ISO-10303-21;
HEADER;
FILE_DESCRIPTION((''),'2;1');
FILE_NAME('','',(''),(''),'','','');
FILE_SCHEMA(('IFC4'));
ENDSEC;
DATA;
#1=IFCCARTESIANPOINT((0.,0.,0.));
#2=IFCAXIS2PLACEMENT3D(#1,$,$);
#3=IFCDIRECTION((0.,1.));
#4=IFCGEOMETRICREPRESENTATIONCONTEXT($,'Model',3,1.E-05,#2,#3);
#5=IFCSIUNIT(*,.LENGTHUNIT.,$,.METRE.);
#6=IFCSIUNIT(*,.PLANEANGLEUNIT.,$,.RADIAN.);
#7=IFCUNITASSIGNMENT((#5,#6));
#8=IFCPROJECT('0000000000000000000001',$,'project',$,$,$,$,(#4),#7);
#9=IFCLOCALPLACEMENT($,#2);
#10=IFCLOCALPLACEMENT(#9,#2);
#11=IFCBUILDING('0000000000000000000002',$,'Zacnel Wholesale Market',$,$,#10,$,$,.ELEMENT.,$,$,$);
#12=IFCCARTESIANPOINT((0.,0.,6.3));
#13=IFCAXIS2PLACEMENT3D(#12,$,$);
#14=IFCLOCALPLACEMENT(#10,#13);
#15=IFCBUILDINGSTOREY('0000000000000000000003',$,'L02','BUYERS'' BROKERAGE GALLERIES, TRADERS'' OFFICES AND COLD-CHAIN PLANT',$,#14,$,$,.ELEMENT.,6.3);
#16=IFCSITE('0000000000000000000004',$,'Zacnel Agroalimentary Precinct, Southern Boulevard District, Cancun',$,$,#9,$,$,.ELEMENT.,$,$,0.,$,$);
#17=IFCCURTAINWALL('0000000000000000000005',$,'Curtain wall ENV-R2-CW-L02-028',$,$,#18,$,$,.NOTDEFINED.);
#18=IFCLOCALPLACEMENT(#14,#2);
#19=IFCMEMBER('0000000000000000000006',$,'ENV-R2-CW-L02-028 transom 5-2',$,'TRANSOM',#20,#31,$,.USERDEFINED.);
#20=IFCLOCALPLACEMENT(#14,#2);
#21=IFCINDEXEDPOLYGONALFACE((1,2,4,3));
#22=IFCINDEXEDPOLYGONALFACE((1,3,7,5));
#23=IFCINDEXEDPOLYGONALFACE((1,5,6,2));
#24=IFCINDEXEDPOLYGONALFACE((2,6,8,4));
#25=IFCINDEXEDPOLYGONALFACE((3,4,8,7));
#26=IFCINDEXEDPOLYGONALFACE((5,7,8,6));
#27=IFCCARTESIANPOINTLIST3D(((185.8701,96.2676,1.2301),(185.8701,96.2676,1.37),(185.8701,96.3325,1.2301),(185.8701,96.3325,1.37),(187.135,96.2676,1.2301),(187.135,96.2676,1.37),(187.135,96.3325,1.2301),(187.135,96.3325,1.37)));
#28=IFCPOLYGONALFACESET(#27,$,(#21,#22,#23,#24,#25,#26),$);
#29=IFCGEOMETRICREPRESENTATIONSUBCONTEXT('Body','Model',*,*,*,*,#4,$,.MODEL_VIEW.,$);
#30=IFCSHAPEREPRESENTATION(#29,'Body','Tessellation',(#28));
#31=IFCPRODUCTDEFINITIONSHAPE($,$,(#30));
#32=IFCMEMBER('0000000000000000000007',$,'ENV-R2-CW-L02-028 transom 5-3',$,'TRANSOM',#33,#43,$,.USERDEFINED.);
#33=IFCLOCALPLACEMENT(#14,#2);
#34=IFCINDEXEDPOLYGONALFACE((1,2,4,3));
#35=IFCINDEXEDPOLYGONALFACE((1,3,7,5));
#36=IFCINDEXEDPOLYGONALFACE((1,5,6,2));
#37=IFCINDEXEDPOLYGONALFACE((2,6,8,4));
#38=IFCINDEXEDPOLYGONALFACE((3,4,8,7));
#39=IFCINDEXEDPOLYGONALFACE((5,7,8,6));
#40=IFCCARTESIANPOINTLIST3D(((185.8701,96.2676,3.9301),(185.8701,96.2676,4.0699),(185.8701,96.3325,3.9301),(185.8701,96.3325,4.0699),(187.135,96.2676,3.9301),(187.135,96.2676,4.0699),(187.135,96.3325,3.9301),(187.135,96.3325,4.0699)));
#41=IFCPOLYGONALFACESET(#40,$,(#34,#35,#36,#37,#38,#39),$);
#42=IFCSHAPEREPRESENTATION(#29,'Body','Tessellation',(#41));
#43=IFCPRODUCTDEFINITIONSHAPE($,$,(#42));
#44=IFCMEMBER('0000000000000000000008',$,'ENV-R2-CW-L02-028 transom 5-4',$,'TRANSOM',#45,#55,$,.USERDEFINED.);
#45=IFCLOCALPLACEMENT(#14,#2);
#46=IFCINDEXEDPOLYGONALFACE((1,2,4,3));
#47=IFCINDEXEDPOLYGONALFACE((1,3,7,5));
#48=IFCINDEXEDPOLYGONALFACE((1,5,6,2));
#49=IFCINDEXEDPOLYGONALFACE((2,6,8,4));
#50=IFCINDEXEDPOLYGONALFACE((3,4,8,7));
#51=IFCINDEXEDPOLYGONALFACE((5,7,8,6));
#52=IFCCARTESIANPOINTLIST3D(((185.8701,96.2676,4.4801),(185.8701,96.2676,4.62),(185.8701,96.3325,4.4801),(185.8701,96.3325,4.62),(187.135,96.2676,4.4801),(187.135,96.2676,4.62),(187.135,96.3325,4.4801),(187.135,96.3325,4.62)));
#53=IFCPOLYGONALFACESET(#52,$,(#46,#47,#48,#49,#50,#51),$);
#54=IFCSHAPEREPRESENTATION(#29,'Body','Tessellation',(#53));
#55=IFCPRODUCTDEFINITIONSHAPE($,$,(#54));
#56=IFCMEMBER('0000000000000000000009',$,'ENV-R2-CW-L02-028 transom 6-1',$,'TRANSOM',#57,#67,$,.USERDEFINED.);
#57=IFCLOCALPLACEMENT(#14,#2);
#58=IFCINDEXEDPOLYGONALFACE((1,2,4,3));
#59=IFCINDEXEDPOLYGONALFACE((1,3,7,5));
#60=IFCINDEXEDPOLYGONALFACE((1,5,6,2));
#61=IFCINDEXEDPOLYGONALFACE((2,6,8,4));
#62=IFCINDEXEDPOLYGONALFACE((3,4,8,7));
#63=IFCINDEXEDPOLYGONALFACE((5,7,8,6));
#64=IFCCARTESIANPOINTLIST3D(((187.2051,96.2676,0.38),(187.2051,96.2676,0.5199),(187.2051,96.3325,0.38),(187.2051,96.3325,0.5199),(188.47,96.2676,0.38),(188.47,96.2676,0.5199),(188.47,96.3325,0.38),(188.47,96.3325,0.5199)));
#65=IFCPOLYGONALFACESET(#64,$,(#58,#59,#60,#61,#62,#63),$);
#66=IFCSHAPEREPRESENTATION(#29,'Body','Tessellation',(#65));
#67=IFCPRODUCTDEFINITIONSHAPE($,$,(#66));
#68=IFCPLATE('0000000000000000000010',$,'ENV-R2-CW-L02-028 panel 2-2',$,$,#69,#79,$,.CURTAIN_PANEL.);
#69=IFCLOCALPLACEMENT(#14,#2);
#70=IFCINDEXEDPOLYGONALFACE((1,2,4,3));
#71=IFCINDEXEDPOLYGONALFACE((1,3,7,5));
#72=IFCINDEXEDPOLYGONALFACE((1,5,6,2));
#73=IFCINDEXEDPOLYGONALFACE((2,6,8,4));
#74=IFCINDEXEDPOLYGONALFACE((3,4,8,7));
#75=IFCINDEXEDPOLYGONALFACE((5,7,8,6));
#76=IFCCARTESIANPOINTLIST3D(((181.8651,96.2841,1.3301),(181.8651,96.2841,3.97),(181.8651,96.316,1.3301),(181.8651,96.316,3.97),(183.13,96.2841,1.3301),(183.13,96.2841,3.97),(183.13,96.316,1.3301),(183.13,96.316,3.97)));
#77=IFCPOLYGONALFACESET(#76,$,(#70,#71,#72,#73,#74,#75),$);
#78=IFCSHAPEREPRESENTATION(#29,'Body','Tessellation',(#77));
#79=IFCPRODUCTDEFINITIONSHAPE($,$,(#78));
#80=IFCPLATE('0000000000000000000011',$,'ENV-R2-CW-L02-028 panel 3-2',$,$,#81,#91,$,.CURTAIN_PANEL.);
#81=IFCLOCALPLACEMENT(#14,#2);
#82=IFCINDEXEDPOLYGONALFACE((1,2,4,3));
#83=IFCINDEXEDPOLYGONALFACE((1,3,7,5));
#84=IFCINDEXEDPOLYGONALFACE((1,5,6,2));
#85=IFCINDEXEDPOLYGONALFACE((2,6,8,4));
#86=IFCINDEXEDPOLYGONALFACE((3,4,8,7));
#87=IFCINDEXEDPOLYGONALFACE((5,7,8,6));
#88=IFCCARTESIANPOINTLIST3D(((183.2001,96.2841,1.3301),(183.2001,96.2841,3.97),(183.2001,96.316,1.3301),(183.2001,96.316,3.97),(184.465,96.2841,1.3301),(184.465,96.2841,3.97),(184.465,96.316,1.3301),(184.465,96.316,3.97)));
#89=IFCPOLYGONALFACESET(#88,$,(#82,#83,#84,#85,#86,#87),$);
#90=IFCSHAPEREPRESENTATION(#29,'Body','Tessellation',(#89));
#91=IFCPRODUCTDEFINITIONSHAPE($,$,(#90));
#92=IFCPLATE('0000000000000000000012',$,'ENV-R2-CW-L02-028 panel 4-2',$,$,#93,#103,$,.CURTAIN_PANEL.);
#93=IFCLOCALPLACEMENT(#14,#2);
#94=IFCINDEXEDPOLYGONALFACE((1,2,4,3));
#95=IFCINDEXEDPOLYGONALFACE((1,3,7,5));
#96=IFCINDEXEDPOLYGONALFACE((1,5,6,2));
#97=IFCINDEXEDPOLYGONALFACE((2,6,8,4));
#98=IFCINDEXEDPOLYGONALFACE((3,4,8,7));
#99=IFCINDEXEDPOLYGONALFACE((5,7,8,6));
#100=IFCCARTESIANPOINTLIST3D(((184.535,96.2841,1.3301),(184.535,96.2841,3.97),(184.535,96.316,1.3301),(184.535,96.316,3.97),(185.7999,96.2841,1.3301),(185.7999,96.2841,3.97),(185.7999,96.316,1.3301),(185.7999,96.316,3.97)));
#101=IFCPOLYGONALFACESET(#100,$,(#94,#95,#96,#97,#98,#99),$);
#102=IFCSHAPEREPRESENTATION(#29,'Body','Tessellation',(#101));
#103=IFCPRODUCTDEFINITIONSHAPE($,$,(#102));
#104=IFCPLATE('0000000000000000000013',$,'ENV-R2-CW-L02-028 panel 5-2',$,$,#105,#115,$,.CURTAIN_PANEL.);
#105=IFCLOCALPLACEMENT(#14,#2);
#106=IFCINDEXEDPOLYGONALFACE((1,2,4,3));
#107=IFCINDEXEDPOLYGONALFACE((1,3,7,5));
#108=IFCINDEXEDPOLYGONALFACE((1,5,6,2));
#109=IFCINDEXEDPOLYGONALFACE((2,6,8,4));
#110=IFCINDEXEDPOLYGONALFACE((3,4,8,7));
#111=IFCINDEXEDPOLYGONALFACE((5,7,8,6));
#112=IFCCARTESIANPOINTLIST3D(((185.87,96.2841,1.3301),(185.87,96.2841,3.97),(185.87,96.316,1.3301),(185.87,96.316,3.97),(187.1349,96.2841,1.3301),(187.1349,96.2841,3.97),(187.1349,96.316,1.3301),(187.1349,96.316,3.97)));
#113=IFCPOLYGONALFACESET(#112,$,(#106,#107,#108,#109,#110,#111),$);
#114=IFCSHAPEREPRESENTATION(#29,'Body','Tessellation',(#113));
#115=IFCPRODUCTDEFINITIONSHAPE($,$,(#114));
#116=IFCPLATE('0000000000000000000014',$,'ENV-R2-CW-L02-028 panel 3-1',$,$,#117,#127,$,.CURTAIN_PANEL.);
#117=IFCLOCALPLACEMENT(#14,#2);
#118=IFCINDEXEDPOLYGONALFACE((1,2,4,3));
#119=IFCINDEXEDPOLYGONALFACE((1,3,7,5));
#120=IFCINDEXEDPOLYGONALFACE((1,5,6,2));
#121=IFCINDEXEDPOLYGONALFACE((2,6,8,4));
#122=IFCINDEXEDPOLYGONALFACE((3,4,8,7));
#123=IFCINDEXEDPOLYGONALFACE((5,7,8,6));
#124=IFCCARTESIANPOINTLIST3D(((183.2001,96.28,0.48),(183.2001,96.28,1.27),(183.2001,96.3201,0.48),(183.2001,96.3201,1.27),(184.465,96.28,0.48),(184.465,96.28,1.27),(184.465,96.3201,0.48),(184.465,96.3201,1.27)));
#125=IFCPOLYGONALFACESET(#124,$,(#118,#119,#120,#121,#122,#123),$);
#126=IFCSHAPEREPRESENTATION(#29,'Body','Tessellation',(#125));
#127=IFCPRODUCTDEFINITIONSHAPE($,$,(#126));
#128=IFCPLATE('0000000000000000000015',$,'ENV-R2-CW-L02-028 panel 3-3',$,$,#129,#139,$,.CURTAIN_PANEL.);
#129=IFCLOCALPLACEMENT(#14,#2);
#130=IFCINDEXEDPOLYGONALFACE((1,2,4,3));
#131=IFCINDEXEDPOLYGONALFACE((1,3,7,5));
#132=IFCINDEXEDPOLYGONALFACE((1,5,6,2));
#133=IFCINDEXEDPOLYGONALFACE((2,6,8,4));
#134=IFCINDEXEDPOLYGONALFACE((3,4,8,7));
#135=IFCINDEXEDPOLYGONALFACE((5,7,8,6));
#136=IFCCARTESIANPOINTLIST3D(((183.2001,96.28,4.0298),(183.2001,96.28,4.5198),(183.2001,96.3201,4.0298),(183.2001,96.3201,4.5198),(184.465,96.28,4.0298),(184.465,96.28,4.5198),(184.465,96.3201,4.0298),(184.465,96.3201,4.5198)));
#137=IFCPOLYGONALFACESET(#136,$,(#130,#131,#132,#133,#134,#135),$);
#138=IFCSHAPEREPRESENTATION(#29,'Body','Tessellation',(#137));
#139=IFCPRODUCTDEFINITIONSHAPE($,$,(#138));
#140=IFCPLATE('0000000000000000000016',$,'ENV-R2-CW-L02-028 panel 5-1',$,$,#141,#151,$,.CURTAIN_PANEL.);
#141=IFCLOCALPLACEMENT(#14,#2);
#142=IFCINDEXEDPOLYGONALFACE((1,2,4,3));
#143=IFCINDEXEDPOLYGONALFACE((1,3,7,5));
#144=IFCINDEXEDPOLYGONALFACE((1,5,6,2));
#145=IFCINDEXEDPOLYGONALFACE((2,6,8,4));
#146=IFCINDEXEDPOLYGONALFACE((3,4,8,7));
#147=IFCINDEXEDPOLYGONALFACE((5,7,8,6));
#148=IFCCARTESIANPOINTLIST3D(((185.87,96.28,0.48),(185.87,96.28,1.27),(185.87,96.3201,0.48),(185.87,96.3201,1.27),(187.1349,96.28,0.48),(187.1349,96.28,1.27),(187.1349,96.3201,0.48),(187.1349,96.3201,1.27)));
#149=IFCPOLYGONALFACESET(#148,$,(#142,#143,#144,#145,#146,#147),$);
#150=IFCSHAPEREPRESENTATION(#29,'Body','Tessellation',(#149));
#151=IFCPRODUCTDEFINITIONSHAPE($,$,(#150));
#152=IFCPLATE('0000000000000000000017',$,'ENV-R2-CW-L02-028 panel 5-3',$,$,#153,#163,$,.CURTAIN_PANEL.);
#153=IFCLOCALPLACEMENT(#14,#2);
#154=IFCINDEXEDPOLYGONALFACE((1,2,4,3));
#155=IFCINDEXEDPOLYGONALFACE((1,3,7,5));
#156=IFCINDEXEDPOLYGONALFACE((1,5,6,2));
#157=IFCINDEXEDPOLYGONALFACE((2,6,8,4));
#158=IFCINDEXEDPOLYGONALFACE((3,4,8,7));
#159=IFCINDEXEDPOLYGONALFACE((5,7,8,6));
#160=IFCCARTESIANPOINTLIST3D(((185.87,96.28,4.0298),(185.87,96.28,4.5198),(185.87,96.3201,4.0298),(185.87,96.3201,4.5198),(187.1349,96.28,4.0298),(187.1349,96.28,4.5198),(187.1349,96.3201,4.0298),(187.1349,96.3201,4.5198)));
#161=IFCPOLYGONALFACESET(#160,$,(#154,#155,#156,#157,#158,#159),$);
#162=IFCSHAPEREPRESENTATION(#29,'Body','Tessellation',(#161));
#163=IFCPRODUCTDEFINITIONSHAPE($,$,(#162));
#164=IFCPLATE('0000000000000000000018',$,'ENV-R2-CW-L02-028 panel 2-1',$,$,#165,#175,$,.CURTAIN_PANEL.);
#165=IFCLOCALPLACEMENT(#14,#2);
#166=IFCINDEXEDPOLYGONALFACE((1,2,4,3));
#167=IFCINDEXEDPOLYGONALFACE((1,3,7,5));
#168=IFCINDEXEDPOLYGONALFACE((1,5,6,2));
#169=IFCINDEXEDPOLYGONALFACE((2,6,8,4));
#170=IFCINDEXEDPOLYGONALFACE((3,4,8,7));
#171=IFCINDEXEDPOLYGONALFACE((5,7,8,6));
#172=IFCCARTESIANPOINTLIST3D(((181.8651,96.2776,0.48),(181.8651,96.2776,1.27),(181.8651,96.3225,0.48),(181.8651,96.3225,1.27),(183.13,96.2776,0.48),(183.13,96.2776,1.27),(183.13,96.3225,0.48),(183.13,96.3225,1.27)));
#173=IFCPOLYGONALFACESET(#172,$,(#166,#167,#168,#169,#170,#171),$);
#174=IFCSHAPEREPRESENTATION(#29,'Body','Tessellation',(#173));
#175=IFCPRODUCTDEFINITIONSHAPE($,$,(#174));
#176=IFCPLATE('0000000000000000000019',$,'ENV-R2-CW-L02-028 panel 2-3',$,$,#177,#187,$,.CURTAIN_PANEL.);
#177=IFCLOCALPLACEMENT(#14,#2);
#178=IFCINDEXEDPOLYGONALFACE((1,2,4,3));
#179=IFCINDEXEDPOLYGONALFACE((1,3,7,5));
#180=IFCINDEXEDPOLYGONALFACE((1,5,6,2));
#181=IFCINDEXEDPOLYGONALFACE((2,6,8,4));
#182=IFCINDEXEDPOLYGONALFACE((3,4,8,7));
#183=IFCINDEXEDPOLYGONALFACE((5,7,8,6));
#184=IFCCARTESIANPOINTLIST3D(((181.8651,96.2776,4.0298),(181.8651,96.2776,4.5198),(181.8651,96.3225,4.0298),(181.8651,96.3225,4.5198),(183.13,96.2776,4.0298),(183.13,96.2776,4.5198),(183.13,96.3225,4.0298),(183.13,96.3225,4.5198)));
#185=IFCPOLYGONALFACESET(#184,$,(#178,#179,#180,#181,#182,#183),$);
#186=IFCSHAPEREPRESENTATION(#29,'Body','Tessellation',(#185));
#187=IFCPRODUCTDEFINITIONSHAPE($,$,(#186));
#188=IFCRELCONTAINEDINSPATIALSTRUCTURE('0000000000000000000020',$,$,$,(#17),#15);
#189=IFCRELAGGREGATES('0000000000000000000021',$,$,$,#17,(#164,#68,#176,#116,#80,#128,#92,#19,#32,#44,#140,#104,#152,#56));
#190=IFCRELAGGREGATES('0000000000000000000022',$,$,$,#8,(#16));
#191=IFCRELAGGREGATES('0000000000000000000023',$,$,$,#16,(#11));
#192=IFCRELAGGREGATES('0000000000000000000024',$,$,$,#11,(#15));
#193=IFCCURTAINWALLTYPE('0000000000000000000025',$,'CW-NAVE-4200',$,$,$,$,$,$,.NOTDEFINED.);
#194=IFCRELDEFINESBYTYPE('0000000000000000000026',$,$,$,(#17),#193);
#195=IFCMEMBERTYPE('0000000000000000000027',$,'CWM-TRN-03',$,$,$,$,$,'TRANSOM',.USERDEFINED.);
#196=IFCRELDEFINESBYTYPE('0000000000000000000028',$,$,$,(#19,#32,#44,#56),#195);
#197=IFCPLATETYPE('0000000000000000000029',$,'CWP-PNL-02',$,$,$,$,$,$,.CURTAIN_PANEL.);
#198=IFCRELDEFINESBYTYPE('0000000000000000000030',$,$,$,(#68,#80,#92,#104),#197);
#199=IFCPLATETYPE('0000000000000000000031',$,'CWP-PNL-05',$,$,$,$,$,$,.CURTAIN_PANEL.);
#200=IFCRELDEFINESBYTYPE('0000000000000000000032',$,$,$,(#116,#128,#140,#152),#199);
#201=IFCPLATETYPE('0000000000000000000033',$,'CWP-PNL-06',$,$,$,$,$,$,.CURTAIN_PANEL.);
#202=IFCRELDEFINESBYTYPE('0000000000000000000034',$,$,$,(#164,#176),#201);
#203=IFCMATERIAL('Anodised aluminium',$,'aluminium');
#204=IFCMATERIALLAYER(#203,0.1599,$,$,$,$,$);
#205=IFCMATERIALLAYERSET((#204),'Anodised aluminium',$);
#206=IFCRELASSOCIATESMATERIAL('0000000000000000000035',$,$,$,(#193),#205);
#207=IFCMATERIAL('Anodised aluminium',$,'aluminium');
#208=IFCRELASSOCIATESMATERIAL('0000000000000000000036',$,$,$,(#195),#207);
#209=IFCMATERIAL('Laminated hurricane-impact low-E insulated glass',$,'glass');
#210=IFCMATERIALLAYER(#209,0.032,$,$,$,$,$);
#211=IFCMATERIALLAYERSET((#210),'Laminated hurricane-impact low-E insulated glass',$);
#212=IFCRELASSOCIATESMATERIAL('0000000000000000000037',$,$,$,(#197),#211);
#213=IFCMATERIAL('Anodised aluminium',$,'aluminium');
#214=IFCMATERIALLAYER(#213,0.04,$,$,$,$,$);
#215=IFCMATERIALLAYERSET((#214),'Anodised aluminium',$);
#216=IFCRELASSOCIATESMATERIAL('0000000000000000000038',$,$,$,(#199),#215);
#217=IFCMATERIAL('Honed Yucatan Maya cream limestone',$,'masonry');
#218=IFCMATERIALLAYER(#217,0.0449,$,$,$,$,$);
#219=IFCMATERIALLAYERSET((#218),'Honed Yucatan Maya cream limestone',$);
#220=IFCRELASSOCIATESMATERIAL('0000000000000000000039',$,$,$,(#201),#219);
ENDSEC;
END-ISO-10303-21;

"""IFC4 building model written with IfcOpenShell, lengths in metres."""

from ifc_helpers import new_model, si_unit, direction, frame, origin, origin_2d, place, context, subcontext, project, spatial, rectangle, extrude, material, layer, layer_set, material_profile, profile_set, type_object, element, aggregate, save


model = new_model("IFC4")

# Units and contexts
model_context = context("Model", 3, precision=1e-05, world=origin(), true_north=direction((0.0, 1.0)))
body_context = subcontext(model_context, "Body", "Model", "MODEL_VIEW")
ifc_project = project(units=[si_unit("LENGTHUNIT", "METRE"), si_unit("PLANEANGLEUNIT", "RADIAN")], contexts=[model_context])

# Site, building, storey
site_placement = place(None, origin())
site = spatial("IfcSite", under=ifc_project, at=site_placement, Name="Zacnel Agroalimentary Precinct, Southern Boulevard District, Cancun", CompositionType="ELEMENT", RefElevation=0.0)
building_placement = place(site_placement, origin())
building = spatial("IfcBuilding", under=site, at=building_placement, Name="Zacnel Wholesale Market", CompositionType="ELEMENT")
storey_placement = place(building_placement, frame((0.0, 0.0, 6.3)))
storey = spatial("IfcBuildingStorey", under=building, at=storey_placement, Name="L02", Description="BUYERS' BROKERAGE GALLERIES, TRADERS' OFFICES AND COLD-CHAIN PLANT", CompositionType="ELEMENT", Elevation=6.3)

# Curtain wall, members, plates
ifc_material_1 = material(Name="Anodised aluminium", Category="aluminium")
ifc_layer_1 = layer(ifc_material_1, 0.1599)
ifc_layer_set_1 = layer_set([ifc_layer_1], Name="Anodised aluminium")
curtain_wall_type = type_object("IfcCurtainWallType", Name="CW-NAVE-4200", PredefinedType="NOTDEFINED", material=ifc_layer_set_1)
curtain_wall_placement = place(storey_placement, origin())
curtain_wall = element("IfcCurtainWall", 1, at=curtain_wall_placement, inside=storey, type_object=curtain_wall_type, Name="Curtain wall ENV-R2-CW-L02-028", PredefinedType="NOTDEFINED")
ifc_material_2 = material(Name="Anodised aluminium", Category="aluminium")
ifc_material_profile_1 = material_profile(ifc_material_2, rectangle(XDim=0.0649, YDim=0.1399, at=origin_2d()), Name="AW-TRANSOM 65x140")
ifc_profile_set_1 = profile_set([ifc_material_profile_1], Name="Anodised aluminium")
member_type_1 = type_object("IfcMemberType", Name="CWM-TRN-03", ElementType="TRANSOM", PredefinedType="USERDEFINED", material=ifc_profile_set_1)
member_1_placement = place(storey_placement, frame((185.8701, 96.3, 1.3), z_axis=(1.0, 0.0, 0.0), x_axis=(0.0, 1.0, 0.0)))
member_1 = element("IfcMember", 2, at=member_1_placement, type_object=member_type_1, Name="ENV-R2-CW-L02-028 transom 5-2", ObjectType="TRANSOM", PredefinedType="USERDEFINED", context=body_context, shape_type="SweptSolid", body=[
    extrude(rectangle(XDim=0.0649, YDim=0.1399, at=origin_2d()), origin(), (0.0, 0.0, 1.0), 1.2649),
])
member_2_placement = place(storey_placement, frame((185.8701, 96.3, 4.0), z_axis=(1.0, 0.0, 0.0), x_axis=(0.0, 1.0, 0.0)))
member_2 = element("IfcMember", 3, at=member_2_placement, type_object=member_type_1, Name="ENV-R2-CW-L02-028 transom 5-3", ObjectType="TRANSOM", PredefinedType="USERDEFINED", context=body_context, shape_type="SweptSolid", body=[
    extrude(rectangle(XDim=0.0649, YDim=0.1399, at=origin_2d()), origin(), (0.0, 0.0, 1.0), 1.2649),
])
member_3_placement = place(storey_placement, frame((185.8701, 96.3, 4.55), z_axis=(1.0, 0.0, 0.0), x_axis=(0.0, 1.0, 0.0)))
member_3 = element("IfcMember", 4, at=member_3_placement, type_object=member_type_1, Name="ENV-R2-CW-L02-028 transom 5-4", ObjectType="TRANSOM", PredefinedType="USERDEFINED", context=body_context, shape_type="SweptSolid", body=[
    extrude(rectangle(XDim=0.0649, YDim=0.1399, at=origin_2d()), origin(), (0.0, 0.0, 1.0), 1.2649),
])
member_4_placement = place(storey_placement, frame((187.2051, 96.3, 0.45), z_axis=(1.0, 0.0, 0.0), x_axis=(0.0, 1.0, 0.0)))
member_4 = element("IfcMember", 5, at=member_4_placement, type_object=member_type_1, Name="ENV-R2-CW-L02-028 transom 6-1", ObjectType="TRANSOM", PredefinedType="USERDEFINED", context=body_context, shape_type="SweptSolid", body=[
    extrude(rectangle(XDim=0.0649, YDim=0.1399, at=origin_2d()), origin(), (0.0, 0.0, 1.0), 1.2649),
])
ifc_material_3 = material(Name="Laminated hurricane-impact low-E insulated glass", Category="glass")
ifc_layer_2 = layer(ifc_material_3, 0.032)
ifc_layer_set_2 = layer_set([ifc_layer_2], Name="Laminated hurricane-impact low-E insulated glass")
plate_type_1 = type_object("IfcPlateType", Name="CWP-PNL-02", PredefinedType="CURTAIN_PANEL", material=ifc_layer_set_2)
plate_1_placement = place(storey_placement, frame((182.4976, 96.3, 1.3301), z_axis=(0.0, 0.0, 1.0), x_axis=(1.0, 0.0, 0.0)))
plate_1 = element("IfcPlate", 6, at=plate_1_placement, type_object=plate_type_1, Name="ENV-R2-CW-L02-028 panel 2-2", PredefinedType="CURTAIN_PANEL", context=body_context, shape_type="SweptSolid", body=[
    extrude(rectangle(XDim=1.2649, YDim=0.032, at=origin_2d()), origin(), (0.0, 0.0, 1.0), 2.6399),
])
plate_2_placement = place(storey_placement, frame((183.8325, 96.3, 1.3301), z_axis=(0.0, 0.0, 1.0), x_axis=(1.0, 0.0, 0.0)))
plate_2 = element("IfcPlate", 7, at=plate_2_placement, type_object=plate_type_1, Name="ENV-R2-CW-L02-028 panel 3-2", PredefinedType="CURTAIN_PANEL", context=body_context, shape_type="SweptSolid", body=[
    extrude(rectangle(XDim=1.2649, YDim=0.032, at=origin_2d()), origin(), (0.0, 0.0, 1.0), 2.6399),
])
plate_3_placement = place(storey_placement, frame((185.1675, 96.3, 1.3301), z_axis=(0.0, 0.0, 1.0), x_axis=(1.0, 0.0, 0.0)))
plate_3 = element("IfcPlate", 8, at=plate_3_placement, type_object=plate_type_1, Name="ENV-R2-CW-L02-028 panel 4-2", PredefinedType="CURTAIN_PANEL", context=body_context, shape_type="SweptSolid", body=[
    extrude(rectangle(XDim=1.2649, YDim=0.032, at=origin_2d()), origin(), (0.0, 0.0, 1.0), 2.6399),
])
plate_4_placement = place(storey_placement, frame((186.5024, 96.3, 1.3301), z_axis=(0.0, 0.0, 1.0), x_axis=(1.0, 0.0, 0.0)))
plate_4 = element("IfcPlate", 9, at=plate_4_placement, type_object=plate_type_1, Name="ENV-R2-CW-L02-028 panel 5-2", PredefinedType="CURTAIN_PANEL", context=body_context, shape_type="SweptSolid", body=[
    extrude(rectangle(XDim=1.2649, YDim=0.032, at=origin_2d()), origin(), (0.0, 0.0, 1.0), 2.6399),
])
ifc_material_4 = material(Name="Anodised aluminium", Category="aluminium")
ifc_layer_3 = layer(ifc_material_4, 0.04)
ifc_layer_set_3 = layer_set([ifc_layer_3], Name="Anodised aluminium")
plate_type_2 = type_object("IfcPlateType", Name="CWP-PNL-05", PredefinedType="CURTAIN_PANEL", material=ifc_layer_set_3)
plate_5_placement = place(storey_placement, frame((183.8325, 96.3, 0.48), z_axis=(0.0, 0.0, 1.0), x_axis=(1.0, 0.0, 0.0)))
plate_5 = element("IfcPlate", 10, at=plate_5_placement, type_object=plate_type_2, Name="ENV-R2-CW-L02-028 panel 3-1", PredefinedType="CURTAIN_PANEL", context=body_context, shape_type="SweptSolid", body=[
    extrude(rectangle(XDim=1.2649, YDim=0.04, at=origin_2d()), origin(), (0.0, 0.0, 1.0), 0.79),
])
plate_6_placement = place(storey_placement, frame((183.8325, 96.3, 4.0298), z_axis=(0.0, 0.0, 1.0), x_axis=(1.0, 0.0, 0.0)))
plate_6 = element("IfcPlate", 11, at=plate_6_placement, type_object=plate_type_2, Name="ENV-R2-CW-L02-028 panel 3-3", PredefinedType="CURTAIN_PANEL", context=body_context, shape_type="SweptSolid", body=[
    extrude(rectangle(XDim=1.2649, YDim=0.04, at=origin_2d()), origin(), (0.0, 0.0, 1.0), 0.49),
])
plate_7_placement = place(storey_placement, frame((186.5024, 96.3, 0.48), z_axis=(0.0, 0.0, 1.0), x_axis=(1.0, 0.0, 0.0)))
plate_7 = element("IfcPlate", 12, at=plate_7_placement, type_object=plate_type_2, Name="ENV-R2-CW-L02-028 panel 5-1", PredefinedType="CURTAIN_PANEL", context=body_context, shape_type="SweptSolid", body=[
    extrude(rectangle(XDim=1.2649, YDim=0.04, at=origin_2d()), origin(), (0.0, 0.0, 1.0), 0.79),
])
plate_8_placement = place(storey_placement, frame((186.5024, 96.3, 4.0298), z_axis=(0.0, 0.0, 1.0), x_axis=(1.0, 0.0, 0.0)))
plate_8 = element("IfcPlate", 13, at=plate_8_placement, type_object=plate_type_2, Name="ENV-R2-CW-L02-028 panel 5-3", PredefinedType="CURTAIN_PANEL", context=body_context, shape_type="SweptSolid", body=[
    extrude(rectangle(XDim=1.2649, YDim=0.04, at=origin_2d()), origin(), (0.0, 0.0, 1.0), 0.49),
])
ifc_material_5 = material(Name="Honed Yucatan Maya cream limestone", Category="masonry")
ifc_layer_4 = layer(ifc_material_5, 0.0449)
ifc_layer_set_4 = layer_set([ifc_layer_4], Name="Honed Yucatan Maya cream limestone")
plate_type_3 = type_object("IfcPlateType", Name="CWP-PNL-06", PredefinedType="CURTAIN_PANEL", material=ifc_layer_set_4)
plate_9_placement = place(storey_placement, frame((182.4976, 96.3, 0.48), z_axis=(0.0, 0.0, 1.0), x_axis=(1.0, 0.0, 0.0)))
plate_9 = element("IfcPlate", 14, at=plate_9_placement, type_object=plate_type_3, Name="ENV-R2-CW-L02-028 panel 2-1", PredefinedType="CURTAIN_PANEL", context=body_context, shape_type="SweptSolid", body=[
    extrude(rectangle(XDim=1.2649, YDim=0.0449, at=origin_2d()), origin(), (0.0, 0.0, 1.0), 0.79),
])
plate_10_placement = place(storey_placement, frame((182.4976, 96.3, 4.0298), z_axis=(0.0, 0.0, 1.0), x_axis=(1.0, 0.0, 0.0)))
plate_10 = element("IfcPlate", 15, at=plate_10_placement, type_object=plate_type_3, Name="ENV-R2-CW-L02-028 panel 2-3", PredefinedType="CURTAIN_PANEL", context=body_context, shape_type="SweptSolid", body=[
    extrude(rectangle(XDim=1.2649, YDim=0.0449, at=origin_2d()), origin(), (0.0, 0.0, 1.0), 0.49),
])
aggregate(curtain_wall, [plate_9, plate_1, plate_10, plate_5, plate_2, plate_6, plate_3, member_1, member_2, member_3, plate_7, plate_4, plate_8, member_4])

save(model, "model.ifc")
